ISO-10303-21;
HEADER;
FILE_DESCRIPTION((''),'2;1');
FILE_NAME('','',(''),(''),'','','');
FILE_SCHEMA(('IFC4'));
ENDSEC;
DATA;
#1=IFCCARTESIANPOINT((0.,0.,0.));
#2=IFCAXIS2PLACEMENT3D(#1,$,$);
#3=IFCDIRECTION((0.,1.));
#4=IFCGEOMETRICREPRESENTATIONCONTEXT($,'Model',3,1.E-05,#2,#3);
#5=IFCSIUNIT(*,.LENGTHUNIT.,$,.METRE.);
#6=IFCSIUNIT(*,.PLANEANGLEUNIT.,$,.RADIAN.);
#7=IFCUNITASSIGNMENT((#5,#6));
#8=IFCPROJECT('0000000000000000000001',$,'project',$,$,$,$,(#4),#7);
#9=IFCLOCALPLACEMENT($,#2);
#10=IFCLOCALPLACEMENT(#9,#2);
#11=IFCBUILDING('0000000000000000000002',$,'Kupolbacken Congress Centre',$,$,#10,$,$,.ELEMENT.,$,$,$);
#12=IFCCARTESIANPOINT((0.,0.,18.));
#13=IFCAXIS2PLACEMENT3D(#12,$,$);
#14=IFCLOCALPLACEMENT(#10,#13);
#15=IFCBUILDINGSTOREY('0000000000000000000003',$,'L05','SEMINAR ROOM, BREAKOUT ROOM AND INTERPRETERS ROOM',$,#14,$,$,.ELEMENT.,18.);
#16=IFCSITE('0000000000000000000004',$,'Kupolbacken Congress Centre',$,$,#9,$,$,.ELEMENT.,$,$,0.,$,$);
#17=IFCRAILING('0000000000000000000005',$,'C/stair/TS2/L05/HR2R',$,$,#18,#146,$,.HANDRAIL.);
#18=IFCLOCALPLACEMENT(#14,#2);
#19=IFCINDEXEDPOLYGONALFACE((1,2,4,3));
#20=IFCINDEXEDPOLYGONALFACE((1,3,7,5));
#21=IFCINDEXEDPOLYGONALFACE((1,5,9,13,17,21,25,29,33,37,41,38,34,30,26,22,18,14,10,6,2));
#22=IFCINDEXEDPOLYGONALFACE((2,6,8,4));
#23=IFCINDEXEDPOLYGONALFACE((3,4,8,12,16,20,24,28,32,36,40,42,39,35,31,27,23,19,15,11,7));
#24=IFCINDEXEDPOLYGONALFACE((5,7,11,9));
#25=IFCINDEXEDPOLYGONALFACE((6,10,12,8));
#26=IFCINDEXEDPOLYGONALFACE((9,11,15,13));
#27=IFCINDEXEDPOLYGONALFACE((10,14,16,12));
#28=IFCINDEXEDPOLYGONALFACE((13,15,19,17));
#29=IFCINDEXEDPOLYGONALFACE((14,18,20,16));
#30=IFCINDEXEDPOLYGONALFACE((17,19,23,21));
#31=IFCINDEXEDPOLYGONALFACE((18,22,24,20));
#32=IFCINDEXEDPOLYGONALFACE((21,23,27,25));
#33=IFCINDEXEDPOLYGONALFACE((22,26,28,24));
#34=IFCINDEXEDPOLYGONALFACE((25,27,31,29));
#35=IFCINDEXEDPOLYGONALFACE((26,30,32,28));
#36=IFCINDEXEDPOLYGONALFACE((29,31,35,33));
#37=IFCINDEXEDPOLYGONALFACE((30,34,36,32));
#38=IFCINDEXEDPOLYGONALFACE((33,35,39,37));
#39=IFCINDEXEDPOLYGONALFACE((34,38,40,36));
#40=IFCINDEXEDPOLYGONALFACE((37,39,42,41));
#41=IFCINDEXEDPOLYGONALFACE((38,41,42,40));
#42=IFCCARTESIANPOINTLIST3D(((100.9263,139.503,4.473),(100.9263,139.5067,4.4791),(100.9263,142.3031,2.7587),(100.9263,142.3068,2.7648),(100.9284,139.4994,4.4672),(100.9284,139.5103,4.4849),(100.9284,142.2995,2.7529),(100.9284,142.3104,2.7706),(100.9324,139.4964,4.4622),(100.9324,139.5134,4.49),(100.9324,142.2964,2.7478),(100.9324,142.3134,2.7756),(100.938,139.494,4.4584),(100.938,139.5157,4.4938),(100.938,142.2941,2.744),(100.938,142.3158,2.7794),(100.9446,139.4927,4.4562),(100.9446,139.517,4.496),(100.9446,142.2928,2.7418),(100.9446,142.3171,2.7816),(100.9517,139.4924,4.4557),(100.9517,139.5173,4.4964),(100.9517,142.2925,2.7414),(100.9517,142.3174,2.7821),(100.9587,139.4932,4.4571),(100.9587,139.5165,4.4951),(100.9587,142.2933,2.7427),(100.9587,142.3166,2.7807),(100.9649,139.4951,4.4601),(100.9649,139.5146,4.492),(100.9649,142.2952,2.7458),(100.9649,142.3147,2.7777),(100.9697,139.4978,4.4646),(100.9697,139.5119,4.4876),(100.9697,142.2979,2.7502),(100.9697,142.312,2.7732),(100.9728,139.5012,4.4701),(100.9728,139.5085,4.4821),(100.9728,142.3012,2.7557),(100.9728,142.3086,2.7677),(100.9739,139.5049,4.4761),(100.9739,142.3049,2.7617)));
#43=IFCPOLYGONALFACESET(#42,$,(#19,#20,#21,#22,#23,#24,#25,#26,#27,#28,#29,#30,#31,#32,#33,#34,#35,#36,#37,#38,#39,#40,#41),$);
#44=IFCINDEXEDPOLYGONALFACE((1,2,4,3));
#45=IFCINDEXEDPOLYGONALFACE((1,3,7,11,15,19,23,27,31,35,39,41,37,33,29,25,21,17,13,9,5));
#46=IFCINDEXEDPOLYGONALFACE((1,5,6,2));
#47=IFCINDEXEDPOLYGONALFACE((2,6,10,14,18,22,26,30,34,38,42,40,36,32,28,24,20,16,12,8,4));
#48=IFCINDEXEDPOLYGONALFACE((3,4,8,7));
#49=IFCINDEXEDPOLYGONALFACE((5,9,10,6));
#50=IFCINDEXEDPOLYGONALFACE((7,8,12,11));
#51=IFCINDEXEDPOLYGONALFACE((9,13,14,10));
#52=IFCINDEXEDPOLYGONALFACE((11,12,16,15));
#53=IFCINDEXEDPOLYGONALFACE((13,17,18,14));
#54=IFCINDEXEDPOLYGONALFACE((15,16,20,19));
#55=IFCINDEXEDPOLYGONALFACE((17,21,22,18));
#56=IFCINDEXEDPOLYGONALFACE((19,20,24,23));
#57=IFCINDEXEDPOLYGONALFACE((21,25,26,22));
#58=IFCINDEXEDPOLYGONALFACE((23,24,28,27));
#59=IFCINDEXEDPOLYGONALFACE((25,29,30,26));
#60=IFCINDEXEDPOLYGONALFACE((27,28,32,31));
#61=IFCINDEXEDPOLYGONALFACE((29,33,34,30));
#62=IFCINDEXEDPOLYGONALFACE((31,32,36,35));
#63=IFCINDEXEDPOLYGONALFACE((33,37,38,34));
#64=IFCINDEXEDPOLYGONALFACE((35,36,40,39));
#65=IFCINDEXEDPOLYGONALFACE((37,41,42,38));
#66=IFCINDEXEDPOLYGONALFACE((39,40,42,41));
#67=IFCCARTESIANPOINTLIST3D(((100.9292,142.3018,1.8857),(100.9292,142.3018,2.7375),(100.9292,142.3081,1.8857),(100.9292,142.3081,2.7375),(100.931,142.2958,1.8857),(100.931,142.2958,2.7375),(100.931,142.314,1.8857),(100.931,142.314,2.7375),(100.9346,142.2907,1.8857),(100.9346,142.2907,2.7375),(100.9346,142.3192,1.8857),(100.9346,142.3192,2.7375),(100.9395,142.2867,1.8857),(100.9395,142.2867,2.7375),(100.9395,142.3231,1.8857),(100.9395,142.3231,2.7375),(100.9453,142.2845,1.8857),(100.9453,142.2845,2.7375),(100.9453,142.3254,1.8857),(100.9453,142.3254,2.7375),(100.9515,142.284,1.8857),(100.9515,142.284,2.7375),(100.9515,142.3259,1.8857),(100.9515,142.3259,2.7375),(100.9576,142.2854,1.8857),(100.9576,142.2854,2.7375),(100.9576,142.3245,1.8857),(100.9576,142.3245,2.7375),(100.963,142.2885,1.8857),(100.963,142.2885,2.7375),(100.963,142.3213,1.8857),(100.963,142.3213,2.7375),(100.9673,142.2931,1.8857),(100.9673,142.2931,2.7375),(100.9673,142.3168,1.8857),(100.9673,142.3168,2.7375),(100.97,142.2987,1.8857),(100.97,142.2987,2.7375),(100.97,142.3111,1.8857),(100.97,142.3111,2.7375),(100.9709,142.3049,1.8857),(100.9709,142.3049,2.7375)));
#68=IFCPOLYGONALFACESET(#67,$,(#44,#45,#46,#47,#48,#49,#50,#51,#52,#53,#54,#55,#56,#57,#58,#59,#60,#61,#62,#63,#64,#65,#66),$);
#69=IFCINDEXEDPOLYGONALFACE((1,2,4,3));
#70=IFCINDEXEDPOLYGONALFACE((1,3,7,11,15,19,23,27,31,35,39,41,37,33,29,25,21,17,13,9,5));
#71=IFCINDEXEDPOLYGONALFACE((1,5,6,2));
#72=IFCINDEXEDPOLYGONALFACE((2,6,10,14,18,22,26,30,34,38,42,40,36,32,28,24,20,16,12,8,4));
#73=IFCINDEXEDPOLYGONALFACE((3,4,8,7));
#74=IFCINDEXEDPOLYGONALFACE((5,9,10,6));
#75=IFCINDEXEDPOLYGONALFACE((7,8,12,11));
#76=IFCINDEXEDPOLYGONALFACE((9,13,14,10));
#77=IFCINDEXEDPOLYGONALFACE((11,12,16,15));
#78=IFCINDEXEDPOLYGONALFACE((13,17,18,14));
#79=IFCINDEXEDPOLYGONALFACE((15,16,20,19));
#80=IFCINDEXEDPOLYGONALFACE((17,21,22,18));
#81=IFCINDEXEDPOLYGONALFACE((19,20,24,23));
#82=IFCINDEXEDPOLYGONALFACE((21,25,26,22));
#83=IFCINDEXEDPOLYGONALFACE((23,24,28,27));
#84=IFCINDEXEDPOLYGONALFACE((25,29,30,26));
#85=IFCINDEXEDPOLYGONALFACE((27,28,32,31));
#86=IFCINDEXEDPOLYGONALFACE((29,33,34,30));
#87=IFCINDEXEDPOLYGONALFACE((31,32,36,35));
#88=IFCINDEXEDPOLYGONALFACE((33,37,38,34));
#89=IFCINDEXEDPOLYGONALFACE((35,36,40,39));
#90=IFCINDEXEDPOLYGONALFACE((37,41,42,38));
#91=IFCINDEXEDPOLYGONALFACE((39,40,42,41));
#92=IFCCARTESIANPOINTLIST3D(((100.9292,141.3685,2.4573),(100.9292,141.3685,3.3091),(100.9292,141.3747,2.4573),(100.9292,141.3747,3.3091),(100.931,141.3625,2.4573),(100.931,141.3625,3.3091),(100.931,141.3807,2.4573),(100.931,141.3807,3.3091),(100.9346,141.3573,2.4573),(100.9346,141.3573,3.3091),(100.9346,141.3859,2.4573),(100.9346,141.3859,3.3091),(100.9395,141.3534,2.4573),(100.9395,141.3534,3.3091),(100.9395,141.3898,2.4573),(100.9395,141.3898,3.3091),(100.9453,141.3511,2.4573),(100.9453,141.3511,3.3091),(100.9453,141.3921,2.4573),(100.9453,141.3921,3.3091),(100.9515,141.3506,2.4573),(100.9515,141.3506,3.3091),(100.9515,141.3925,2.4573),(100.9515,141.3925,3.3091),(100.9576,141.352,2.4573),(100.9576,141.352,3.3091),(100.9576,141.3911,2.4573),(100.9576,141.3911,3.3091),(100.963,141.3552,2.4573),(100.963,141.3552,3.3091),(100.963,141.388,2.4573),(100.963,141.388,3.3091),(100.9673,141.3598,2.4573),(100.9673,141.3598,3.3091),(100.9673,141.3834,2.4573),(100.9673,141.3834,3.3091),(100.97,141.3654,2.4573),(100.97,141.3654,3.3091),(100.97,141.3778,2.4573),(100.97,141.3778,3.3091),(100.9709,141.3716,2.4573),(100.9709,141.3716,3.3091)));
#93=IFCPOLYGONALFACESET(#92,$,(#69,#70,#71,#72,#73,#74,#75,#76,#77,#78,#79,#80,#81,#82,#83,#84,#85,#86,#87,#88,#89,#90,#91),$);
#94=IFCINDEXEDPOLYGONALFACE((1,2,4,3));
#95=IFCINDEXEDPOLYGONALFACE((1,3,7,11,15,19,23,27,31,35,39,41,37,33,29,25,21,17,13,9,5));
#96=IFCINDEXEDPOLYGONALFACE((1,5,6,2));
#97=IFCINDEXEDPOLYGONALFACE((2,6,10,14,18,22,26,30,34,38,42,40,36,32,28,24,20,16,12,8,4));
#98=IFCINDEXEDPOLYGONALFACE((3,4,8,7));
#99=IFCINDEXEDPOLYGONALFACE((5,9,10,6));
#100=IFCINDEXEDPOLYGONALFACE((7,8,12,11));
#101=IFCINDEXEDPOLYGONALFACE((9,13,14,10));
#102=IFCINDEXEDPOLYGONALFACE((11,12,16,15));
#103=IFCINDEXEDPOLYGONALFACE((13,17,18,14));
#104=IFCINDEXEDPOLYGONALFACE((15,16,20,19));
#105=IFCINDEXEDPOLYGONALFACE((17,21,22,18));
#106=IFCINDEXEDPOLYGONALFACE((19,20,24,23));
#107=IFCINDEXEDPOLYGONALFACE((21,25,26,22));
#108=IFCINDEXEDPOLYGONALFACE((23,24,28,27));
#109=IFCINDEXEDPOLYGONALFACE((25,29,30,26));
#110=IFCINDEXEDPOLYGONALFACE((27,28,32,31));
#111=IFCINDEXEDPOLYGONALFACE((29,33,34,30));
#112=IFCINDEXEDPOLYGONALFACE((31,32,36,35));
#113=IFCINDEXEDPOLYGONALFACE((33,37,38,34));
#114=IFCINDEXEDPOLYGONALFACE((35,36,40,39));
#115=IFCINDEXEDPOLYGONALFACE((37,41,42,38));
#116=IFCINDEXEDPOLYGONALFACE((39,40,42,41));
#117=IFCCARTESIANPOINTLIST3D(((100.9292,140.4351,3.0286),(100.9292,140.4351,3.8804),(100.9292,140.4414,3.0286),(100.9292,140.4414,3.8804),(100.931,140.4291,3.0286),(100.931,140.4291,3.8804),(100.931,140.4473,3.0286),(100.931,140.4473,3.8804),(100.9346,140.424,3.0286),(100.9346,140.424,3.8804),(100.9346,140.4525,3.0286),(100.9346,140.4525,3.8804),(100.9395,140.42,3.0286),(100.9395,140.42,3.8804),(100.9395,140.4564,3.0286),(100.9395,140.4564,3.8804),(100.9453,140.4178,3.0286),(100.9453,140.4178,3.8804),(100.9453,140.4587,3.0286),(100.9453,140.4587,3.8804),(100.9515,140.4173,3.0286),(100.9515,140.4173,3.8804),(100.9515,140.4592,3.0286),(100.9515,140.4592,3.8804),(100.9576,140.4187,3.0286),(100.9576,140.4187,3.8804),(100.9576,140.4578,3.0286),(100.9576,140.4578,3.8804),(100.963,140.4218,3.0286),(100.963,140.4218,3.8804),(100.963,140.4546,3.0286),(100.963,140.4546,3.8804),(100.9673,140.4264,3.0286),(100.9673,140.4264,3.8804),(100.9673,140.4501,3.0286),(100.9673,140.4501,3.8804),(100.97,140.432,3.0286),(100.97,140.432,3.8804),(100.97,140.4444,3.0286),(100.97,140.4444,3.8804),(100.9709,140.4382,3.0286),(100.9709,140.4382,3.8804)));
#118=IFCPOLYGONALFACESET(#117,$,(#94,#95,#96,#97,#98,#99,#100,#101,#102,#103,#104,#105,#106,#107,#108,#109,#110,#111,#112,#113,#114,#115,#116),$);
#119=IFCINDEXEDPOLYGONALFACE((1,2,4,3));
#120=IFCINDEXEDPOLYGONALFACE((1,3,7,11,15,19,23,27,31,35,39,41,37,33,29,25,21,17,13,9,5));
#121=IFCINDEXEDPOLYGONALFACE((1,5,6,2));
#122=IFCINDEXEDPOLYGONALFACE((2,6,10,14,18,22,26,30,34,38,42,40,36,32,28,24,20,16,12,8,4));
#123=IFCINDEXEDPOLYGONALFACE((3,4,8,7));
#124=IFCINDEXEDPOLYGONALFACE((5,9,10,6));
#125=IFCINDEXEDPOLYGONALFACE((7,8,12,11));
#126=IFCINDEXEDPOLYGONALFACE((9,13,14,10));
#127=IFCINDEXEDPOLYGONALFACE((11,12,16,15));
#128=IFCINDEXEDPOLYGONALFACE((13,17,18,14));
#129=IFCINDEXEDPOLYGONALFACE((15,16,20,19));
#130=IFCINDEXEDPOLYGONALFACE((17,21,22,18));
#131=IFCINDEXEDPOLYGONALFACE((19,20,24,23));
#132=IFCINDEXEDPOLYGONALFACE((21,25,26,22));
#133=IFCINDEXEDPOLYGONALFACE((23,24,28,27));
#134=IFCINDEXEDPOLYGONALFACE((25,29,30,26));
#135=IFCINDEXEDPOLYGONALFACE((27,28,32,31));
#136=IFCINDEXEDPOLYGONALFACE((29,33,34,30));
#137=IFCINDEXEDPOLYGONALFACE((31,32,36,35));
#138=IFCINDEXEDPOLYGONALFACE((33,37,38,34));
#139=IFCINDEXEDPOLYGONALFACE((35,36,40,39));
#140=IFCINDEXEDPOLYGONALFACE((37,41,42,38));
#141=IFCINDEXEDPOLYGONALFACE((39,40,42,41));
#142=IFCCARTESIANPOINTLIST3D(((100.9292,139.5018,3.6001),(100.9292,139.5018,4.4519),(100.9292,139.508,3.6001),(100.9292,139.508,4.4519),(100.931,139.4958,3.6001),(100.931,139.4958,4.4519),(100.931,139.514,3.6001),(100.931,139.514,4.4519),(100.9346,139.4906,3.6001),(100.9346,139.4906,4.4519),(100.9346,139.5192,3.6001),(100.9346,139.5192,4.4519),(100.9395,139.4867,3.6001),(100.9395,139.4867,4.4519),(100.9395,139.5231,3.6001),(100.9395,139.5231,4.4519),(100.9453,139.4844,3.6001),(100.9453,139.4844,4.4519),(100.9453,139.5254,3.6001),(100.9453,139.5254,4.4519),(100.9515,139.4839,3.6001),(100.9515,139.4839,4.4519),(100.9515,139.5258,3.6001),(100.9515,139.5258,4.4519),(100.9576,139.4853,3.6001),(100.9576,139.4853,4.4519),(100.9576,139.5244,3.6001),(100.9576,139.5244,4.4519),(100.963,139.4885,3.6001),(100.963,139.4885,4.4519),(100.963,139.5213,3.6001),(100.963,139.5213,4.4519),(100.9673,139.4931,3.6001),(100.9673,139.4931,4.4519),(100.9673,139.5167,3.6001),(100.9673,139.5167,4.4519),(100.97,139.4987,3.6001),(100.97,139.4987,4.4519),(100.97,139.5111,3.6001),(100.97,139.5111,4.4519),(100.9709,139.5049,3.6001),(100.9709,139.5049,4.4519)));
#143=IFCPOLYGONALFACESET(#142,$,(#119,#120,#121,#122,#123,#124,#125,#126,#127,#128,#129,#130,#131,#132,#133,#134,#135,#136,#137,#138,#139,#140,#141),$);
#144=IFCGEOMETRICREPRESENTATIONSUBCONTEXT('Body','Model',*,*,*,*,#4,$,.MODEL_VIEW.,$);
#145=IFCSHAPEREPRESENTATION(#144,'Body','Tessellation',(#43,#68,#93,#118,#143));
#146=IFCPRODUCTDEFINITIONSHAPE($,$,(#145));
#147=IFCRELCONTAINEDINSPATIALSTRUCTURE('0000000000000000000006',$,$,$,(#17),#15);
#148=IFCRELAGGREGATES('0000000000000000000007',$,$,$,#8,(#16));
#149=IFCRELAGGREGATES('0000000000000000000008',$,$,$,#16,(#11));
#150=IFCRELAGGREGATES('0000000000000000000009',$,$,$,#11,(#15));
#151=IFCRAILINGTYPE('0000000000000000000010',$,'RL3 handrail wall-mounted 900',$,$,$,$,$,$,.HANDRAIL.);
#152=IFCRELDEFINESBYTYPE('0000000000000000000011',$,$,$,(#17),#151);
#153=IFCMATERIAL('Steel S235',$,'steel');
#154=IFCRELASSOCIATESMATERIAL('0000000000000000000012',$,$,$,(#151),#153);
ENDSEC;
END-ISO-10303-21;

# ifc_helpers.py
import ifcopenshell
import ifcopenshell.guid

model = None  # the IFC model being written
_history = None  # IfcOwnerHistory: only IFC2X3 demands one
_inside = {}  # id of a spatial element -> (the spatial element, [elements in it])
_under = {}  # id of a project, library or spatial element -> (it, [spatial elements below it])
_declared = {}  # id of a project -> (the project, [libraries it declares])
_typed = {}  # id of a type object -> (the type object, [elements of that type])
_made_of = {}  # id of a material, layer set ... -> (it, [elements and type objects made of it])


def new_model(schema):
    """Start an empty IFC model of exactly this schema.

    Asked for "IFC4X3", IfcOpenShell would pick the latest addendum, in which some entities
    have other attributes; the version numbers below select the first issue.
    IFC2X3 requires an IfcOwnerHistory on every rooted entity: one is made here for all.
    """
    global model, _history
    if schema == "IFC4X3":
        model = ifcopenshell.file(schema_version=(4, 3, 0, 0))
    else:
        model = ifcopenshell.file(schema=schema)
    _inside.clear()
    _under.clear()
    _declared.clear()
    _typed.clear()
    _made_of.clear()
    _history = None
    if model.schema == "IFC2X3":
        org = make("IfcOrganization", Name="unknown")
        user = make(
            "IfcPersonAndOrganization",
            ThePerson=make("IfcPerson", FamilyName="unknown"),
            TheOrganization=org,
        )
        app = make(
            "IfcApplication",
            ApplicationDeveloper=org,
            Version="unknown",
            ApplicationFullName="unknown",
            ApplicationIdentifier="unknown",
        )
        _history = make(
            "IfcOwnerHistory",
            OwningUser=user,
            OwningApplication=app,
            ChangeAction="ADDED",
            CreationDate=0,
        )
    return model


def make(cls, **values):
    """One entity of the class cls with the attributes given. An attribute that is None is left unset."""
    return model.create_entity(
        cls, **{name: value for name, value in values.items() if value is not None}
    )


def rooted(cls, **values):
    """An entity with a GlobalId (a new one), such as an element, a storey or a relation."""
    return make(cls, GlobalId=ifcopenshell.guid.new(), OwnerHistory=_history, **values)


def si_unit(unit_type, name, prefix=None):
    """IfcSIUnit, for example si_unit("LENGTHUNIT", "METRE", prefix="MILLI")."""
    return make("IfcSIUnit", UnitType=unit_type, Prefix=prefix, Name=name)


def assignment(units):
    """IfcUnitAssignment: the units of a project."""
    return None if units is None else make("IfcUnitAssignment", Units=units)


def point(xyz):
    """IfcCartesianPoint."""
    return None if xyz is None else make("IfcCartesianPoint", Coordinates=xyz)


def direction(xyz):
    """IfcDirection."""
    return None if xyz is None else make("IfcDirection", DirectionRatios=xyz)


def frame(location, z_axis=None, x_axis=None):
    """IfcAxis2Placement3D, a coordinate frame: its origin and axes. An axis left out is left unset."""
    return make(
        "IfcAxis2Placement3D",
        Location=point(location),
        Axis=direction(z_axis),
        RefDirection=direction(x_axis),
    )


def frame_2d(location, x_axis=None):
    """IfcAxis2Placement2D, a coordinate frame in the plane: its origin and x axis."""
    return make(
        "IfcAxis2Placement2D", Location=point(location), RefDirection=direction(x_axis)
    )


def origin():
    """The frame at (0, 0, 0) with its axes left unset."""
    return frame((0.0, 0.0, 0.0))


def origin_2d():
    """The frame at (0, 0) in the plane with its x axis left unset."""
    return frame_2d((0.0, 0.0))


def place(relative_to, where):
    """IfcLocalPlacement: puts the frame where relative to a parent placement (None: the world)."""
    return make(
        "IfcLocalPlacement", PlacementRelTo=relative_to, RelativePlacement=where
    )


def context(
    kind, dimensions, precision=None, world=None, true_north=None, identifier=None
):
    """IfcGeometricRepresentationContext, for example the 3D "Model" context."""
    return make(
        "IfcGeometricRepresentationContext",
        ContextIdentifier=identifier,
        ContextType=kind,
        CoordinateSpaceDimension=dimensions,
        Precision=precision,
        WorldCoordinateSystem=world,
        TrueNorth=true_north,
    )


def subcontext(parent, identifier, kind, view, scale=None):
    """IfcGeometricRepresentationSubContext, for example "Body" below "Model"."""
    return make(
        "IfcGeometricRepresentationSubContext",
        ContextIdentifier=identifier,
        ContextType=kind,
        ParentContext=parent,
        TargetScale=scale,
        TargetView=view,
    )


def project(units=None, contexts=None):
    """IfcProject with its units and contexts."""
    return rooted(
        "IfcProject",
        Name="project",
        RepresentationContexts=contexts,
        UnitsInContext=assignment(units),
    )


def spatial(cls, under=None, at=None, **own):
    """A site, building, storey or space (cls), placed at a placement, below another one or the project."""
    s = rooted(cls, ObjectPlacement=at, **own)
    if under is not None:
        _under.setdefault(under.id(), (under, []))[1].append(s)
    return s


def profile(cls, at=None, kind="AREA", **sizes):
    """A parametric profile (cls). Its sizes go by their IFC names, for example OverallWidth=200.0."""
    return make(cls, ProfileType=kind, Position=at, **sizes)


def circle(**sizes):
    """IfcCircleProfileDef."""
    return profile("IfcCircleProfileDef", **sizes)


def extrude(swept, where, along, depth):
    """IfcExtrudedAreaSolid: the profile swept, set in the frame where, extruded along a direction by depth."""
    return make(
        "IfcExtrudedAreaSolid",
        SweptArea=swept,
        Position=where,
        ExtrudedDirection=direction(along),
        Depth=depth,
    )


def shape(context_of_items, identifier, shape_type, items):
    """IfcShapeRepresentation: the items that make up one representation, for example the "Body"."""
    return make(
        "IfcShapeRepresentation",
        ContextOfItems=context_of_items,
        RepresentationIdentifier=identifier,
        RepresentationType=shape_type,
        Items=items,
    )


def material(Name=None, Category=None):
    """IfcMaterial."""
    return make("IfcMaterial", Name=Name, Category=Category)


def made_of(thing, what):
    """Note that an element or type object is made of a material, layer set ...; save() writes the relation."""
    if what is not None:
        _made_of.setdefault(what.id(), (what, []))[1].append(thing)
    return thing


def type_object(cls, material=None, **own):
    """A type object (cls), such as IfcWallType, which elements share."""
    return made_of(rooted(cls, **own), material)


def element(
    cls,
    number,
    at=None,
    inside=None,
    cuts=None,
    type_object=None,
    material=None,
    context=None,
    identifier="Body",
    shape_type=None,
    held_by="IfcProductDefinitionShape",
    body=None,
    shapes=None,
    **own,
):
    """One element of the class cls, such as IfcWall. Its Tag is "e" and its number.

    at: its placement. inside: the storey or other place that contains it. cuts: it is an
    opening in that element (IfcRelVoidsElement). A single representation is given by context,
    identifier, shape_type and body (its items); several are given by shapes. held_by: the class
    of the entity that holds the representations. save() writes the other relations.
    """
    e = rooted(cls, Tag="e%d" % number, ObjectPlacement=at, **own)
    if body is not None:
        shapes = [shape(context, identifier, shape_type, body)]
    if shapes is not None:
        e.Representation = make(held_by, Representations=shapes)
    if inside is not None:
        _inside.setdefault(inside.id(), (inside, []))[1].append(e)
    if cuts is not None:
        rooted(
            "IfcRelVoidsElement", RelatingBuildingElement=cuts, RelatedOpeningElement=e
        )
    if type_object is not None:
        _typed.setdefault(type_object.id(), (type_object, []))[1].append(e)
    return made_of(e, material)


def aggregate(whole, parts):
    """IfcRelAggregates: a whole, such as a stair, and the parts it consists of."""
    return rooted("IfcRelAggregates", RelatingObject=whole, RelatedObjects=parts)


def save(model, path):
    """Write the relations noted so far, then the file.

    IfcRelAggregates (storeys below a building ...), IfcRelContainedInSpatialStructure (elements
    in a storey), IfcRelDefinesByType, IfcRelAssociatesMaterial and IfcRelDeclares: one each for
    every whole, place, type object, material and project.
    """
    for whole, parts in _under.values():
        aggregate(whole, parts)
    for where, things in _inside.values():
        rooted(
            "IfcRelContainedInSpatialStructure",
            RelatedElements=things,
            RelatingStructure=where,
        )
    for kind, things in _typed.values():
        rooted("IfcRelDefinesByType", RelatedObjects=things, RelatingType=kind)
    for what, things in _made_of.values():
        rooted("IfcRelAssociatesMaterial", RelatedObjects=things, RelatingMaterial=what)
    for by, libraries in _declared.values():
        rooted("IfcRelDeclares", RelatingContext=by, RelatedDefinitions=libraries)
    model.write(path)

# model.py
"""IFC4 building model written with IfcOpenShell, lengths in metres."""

from ifc_helpers import new_model, si_unit, direction, frame, origin, origin_2d, place, context, subcontext, project, spatial, circle, extrude, material, type_object, element, save


model = new_model("IFC4")

# Units and contexts
model_context = context("Model", 3, precision=1e-05, world=origin(), true_north=direction((0.0, 1.0)))
body_context = subcontext(model_context, "Body", "Model", "MODEL_VIEW")
ifc_project = project(units=[si_unit("LENGTHUNIT", "METRE"), si_unit("PLANEANGLEUNIT", "RADIAN")], contexts=[model_context])

# Site, building, storey
site_placement = place(None, origin())
site = spatial("IfcSite", under=ifc_project, at=site_placement, Name="Kupolbacken Congress Centre", CompositionType="ELEMENT", RefElevation=0.0)
building_placement = place(site_placement, origin())
building = spatial("IfcBuilding", under=site, at=building_placement, Name="Kupolbacken Congress Centre", CompositionType="ELEMENT")
storey_placement = place(building_placement, frame((0.0, 0.0, 18.0)))
storey = spatial("IfcBuildingStorey", under=building, at=storey_placement, Name="L05", Description="SEMINAR ROOM, BREAKOUT ROOM AND INTERPRETERS ROOM", CompositionType="ELEMENT", Elevation=18.0)

# Railing
ifc_material_1 = material(Name="Steel S235", Category="steel")
railing_type = type_object("IfcRailingType", Name="RL3 handrail wall-mounted 900", PredefinedType="HANDRAIL", material=ifc_material_1)
for number, where, name in (
    (1, (100.95, 142.3049, 1.8857), "C/stair/TS2/L05/HR2R"),
):
    element("IfcRailing", number, at=place(storey_placement, frame(where)), inside=storey, type_object=railing_type, Name=name, PredefinedType="HANDRAIL", context=body_context, shape_type="SweptSolid", body=[
        extrude(circle(Radius=0.0239, at=origin_2d()), frame((0.0, 0.0, 0.876), z_axis=(0.0, -0.852846, 0.522163), x_axis=(1.0, 0.0, 0.0)), (0.0, 0.0, 1.0), 3.2832),
        extrude(circle(Radius=0.021, at=origin_2d()), origin(), (0.0, 0.0, 1.0), 0.8518),
        extrude(circle(Radius=0.021, at=origin_2d()), frame((0.0, -0.9333, 0.5715)), (0.0, 0.0, 1.0), 0.8518),
        extrude(circle(Radius=0.021, at=origin_2d()), frame((0.0, -1.8667, 1.1428)), (0.0, 0.0, 1.0), 0.8518),
        extrude(circle(Radius=0.021, at=origin_2d()), frame((0.0, -2.8, 1.7144)), (0.0, 0.0, 1.0), 0.8518),
    ])

save(model, "model.ifc")
